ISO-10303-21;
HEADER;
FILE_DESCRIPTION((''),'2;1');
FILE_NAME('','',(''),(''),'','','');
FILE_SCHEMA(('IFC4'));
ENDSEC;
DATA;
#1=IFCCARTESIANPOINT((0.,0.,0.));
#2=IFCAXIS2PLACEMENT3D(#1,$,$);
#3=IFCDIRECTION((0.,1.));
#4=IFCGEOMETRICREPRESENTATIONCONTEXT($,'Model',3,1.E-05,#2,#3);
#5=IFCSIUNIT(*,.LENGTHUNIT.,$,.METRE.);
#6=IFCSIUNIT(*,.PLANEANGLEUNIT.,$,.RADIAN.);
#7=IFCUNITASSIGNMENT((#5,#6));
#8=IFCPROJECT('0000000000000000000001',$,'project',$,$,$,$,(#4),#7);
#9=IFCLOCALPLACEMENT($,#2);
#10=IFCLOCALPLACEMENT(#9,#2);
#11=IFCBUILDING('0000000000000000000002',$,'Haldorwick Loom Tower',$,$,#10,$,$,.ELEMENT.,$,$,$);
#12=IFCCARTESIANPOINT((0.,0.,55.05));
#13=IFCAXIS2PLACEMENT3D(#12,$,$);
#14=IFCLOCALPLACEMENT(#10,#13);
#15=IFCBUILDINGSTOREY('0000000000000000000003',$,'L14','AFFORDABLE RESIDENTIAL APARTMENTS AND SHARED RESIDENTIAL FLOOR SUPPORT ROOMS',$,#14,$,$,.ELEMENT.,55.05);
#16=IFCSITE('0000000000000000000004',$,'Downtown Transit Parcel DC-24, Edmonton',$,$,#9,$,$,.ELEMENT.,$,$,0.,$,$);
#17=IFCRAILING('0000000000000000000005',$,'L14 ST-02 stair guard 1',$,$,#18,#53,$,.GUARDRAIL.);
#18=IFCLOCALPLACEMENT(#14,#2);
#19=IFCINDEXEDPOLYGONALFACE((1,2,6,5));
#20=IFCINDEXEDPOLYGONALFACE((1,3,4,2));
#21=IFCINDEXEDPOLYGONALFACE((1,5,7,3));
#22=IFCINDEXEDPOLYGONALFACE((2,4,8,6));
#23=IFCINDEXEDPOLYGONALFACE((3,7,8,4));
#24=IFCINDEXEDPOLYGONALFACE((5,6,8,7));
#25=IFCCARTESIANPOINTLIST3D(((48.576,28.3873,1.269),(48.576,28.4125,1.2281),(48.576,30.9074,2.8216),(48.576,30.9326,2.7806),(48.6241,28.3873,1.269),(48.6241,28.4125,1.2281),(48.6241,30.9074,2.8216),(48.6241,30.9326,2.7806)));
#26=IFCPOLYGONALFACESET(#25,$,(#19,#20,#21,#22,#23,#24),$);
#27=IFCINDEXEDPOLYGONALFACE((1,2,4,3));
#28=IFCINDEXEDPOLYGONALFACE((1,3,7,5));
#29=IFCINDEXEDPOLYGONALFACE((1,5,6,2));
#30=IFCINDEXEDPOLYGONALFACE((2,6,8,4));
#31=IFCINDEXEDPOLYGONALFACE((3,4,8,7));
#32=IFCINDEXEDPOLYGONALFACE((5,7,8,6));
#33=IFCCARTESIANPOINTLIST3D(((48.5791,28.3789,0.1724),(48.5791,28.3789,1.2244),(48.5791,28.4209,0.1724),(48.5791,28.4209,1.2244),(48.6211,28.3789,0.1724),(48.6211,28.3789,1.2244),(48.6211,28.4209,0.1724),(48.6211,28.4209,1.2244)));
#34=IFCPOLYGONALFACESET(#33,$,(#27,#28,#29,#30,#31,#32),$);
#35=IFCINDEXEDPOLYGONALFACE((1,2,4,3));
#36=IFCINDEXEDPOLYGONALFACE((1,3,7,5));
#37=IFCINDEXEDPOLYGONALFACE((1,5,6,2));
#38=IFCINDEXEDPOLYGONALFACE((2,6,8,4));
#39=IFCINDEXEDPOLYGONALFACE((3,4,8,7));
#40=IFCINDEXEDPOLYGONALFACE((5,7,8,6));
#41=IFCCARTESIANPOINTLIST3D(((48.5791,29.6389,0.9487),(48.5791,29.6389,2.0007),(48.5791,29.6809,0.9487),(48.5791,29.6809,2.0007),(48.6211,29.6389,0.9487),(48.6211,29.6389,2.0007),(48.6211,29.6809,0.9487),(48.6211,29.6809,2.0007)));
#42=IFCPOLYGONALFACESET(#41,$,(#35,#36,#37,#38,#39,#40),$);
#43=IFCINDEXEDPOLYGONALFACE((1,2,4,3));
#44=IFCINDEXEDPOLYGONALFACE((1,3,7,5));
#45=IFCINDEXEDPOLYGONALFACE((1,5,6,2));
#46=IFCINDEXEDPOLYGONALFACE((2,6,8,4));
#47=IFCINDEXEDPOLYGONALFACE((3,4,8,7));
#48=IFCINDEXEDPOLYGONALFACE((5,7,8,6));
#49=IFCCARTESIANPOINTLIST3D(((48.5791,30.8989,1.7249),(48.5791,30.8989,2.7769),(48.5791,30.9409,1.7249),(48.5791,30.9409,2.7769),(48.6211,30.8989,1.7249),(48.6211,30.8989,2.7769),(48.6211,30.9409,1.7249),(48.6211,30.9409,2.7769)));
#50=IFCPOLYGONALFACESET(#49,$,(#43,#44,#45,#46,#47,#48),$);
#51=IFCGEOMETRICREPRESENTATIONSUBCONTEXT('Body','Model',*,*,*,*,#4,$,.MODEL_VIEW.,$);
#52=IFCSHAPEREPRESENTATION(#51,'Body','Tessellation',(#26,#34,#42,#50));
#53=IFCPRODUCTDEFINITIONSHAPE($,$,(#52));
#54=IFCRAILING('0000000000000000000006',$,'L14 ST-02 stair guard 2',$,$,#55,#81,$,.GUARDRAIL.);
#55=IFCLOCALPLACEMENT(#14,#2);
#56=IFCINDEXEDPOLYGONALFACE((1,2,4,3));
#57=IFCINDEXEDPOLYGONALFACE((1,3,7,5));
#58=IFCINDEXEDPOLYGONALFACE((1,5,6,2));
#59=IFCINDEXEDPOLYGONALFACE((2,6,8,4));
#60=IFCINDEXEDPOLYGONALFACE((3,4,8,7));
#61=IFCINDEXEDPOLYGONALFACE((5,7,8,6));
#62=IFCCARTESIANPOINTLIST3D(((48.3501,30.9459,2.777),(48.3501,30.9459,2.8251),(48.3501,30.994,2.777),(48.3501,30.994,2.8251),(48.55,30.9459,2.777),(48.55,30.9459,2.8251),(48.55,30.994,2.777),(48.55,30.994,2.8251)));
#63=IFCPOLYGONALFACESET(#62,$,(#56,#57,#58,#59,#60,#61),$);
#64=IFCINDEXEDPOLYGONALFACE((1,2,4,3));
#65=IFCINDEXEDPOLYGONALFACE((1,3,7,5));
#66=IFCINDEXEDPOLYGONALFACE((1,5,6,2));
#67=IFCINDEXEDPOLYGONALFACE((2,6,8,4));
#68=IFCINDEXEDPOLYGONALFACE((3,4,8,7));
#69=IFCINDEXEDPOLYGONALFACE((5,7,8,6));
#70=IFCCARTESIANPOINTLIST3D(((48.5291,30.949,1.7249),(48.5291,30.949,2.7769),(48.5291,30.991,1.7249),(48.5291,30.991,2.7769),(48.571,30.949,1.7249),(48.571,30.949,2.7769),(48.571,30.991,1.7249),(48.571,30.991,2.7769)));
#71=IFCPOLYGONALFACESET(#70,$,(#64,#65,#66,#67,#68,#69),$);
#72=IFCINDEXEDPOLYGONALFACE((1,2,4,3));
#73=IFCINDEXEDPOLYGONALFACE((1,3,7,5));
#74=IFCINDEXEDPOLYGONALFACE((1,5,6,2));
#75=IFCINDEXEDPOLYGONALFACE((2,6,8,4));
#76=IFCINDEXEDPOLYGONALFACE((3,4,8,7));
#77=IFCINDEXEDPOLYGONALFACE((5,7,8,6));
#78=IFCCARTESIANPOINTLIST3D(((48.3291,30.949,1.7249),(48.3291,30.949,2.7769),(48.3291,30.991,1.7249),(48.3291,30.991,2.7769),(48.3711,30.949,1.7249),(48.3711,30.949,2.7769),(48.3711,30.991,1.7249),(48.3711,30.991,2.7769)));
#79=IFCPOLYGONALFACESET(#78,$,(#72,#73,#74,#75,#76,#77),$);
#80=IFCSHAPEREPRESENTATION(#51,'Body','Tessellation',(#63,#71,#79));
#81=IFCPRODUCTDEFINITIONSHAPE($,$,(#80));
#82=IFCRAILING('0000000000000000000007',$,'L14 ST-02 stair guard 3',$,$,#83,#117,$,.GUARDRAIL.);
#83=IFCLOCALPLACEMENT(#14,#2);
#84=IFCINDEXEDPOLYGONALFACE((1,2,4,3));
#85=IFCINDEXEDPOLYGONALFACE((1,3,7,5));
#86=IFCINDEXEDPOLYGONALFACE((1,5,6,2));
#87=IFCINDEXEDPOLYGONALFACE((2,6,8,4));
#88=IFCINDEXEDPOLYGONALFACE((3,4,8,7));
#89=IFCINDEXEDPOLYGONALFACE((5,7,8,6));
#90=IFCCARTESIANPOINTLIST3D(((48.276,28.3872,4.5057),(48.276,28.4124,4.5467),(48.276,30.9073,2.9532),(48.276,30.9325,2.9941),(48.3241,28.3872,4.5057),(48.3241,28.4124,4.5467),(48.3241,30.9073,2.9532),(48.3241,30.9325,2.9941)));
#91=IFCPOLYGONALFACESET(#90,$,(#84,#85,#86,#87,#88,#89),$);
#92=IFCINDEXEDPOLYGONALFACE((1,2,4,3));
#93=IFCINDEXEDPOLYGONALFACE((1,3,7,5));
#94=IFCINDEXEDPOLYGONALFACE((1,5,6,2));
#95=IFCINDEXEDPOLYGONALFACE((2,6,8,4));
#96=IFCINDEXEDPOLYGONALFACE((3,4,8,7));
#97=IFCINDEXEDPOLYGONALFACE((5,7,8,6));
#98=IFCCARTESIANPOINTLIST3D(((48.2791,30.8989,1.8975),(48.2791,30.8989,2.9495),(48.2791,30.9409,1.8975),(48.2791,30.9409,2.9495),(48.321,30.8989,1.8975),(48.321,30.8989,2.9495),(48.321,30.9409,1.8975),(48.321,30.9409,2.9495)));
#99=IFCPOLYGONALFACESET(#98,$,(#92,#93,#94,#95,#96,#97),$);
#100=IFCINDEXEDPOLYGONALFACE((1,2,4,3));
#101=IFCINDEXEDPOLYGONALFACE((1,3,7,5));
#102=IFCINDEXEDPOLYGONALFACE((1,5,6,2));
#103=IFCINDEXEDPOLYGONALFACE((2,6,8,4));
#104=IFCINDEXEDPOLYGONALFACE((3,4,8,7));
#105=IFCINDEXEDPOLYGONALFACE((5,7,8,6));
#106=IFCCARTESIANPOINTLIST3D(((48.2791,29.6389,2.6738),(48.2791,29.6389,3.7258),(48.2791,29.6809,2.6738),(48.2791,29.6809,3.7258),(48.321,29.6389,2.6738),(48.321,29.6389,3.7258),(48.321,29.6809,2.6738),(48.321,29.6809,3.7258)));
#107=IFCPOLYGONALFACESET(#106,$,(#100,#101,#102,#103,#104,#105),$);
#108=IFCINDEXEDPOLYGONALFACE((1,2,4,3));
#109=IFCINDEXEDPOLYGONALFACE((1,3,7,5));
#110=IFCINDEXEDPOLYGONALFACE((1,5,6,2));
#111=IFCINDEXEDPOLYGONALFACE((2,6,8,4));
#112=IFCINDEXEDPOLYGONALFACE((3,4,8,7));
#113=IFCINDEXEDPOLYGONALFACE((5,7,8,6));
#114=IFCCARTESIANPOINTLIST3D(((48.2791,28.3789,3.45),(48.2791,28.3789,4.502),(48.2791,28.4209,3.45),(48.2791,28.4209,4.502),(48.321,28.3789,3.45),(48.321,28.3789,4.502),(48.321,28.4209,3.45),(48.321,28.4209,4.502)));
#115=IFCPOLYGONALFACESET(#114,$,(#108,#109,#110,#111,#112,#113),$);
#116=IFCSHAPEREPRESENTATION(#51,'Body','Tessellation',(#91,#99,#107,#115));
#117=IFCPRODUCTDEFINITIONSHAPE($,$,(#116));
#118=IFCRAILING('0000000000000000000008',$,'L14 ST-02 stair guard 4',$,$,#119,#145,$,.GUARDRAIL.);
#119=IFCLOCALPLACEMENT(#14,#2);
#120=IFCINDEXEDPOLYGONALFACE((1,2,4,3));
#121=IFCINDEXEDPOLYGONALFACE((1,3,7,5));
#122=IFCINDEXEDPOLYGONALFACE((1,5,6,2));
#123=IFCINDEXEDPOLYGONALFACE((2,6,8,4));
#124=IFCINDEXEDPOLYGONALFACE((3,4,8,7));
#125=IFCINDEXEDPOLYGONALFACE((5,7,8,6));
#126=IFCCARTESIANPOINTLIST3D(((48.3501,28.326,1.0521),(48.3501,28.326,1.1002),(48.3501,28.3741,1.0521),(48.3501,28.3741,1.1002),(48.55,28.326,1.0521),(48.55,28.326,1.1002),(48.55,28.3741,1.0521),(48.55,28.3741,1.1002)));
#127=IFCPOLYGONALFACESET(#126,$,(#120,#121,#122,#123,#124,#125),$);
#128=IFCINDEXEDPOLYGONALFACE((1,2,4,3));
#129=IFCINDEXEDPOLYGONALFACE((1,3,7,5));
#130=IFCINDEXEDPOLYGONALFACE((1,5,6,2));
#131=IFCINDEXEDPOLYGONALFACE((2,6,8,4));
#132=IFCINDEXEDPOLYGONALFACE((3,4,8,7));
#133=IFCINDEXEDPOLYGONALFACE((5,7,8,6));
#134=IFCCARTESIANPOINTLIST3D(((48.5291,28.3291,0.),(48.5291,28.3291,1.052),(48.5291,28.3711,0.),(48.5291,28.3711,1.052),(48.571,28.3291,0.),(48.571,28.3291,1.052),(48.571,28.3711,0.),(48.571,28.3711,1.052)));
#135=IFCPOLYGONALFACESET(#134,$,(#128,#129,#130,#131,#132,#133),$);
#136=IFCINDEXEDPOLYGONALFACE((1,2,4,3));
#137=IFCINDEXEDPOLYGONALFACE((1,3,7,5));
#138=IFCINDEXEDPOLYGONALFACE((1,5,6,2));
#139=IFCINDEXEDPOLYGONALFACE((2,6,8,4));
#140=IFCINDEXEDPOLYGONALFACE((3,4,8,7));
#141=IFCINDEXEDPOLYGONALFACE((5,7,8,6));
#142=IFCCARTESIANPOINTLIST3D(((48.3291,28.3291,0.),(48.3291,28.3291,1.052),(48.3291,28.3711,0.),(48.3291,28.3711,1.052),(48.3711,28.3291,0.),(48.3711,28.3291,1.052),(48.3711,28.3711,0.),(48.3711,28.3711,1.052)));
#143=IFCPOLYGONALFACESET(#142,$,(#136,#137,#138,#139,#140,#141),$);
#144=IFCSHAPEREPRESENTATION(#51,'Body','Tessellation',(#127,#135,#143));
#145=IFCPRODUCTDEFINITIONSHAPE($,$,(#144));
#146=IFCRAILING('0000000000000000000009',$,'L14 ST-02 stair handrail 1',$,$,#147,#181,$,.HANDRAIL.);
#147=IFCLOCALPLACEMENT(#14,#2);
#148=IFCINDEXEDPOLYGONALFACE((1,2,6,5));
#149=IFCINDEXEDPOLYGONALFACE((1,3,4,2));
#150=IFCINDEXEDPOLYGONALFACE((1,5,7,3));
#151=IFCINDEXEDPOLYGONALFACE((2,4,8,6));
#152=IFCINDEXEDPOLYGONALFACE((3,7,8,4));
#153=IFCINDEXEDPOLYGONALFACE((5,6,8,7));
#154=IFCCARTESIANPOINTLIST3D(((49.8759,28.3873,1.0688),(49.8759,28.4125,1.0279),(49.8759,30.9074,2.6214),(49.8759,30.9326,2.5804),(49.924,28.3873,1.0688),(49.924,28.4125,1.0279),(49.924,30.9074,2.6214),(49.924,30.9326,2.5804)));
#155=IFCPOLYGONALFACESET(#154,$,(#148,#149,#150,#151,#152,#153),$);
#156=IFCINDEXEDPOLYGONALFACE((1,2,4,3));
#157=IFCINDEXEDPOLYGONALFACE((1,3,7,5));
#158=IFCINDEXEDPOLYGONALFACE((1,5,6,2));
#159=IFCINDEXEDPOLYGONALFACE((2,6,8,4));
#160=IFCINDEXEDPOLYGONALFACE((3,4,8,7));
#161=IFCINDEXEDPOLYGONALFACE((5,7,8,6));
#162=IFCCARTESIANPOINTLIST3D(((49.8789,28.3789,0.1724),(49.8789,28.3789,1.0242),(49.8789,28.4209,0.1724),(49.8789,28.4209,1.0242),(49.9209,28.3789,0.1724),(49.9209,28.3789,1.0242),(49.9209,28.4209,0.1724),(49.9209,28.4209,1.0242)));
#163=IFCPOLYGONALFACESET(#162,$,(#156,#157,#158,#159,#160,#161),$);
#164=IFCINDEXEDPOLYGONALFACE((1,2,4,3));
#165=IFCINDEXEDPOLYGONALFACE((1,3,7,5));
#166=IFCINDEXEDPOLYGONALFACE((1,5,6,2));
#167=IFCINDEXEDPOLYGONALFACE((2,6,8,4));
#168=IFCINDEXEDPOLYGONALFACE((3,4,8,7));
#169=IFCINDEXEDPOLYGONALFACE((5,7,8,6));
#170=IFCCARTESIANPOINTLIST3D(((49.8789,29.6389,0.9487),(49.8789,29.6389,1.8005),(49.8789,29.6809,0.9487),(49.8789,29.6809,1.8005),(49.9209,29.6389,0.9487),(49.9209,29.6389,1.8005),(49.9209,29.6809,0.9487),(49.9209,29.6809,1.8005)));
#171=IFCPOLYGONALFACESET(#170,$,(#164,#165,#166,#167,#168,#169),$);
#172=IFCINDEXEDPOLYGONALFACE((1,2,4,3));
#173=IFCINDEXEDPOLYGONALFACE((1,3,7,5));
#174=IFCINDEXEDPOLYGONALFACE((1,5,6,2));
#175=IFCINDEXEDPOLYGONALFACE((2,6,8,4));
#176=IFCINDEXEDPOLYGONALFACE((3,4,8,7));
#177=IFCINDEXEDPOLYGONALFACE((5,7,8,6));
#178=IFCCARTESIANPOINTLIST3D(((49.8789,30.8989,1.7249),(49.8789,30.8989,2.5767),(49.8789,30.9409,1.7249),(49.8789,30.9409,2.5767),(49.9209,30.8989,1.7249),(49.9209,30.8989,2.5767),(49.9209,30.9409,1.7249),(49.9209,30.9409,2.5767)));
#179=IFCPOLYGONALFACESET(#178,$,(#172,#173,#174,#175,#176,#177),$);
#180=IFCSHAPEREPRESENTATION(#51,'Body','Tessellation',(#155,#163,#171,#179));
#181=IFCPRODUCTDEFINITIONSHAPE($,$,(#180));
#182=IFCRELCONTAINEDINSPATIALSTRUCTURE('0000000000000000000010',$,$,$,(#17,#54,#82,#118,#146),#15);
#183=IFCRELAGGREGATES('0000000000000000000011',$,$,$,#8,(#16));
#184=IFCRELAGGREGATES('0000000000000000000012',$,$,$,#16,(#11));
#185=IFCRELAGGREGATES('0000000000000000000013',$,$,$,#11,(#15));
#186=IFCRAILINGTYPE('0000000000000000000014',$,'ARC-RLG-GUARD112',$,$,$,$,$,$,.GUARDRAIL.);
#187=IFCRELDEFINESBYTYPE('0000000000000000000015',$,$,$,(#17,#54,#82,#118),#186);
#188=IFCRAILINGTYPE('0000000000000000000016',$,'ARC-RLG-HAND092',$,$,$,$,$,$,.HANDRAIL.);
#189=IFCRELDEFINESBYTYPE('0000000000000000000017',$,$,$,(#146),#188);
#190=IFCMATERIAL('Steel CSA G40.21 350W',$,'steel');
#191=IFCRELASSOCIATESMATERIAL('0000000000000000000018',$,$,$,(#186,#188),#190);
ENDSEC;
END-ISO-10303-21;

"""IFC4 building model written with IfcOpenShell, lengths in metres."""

from ifc_helpers import new_model, si_unit, direction, frame, origin, origin_2d, place, context, subcontext, project, spatial, rectangle, extrude, material, type_object, element, save


model = new_model("IFC4")

# Units and contexts
model_context = context("Model", 3, precision=1e-05, world=origin(), true_north=direction((0.0, 1.0)))
body_context = subcontext(model_context, "Body", "Model", "MODEL_VIEW")
ifc_project = project(units=[si_unit("LENGTHUNIT", "METRE"), si_unit("PLANEANGLEUNIT", "RADIAN")], contexts=[model_context])

# Site, building, storey
site_placement = place(None, origin())
site = spatial("IfcSite", under=ifc_project, at=site_placement, Name="Downtown Transit Parcel DC-24, Edmonton", CompositionType="ELEMENT", RefElevation=0.0)
building_placement = place(site_placement, origin())
building = spatial("IfcBuilding", under=site, at=building_placement, Name="Haldorwick Loom Tower", CompositionType="ELEMENT")
storey_placement = place(building_placement, frame((0.0, 0.0, 55.05)))
storey = spatial("IfcBuildingStorey", under=building, at=storey_placement, Name="L14", Description="AFFORDABLE RESIDENTIAL APARTMENTS AND SHARED RESIDENTIAL FLOOR SUPPORT ROOMS", CompositionType="ELEMENT", Elevation=55.05)

# Shared definitions
ifc_material_1 = material(Name="Steel CSA G40.21 350W", Category="steel")

# Railings
railing_type_1 = type_object("IfcRailingType", Name="ARC-RLG-GUARD112", PredefinedType="GUARDRAIL", material=ifc_material_1)
railing_1_placement = place(storey_placement, frame((48.6001, 28.3999, 0.1724)))
element("IfcRailing", 1, at=railing_1_placement, inside=storey, type_object=railing_type_1, Name="L14 ST-02 stair guard 1", PredefinedType="GUARDRAIL", context=body_context, shape_type="SweptSolid", body=[
    extrude(rectangle(XDim=0.0481, YDim=0.0481, at=origin_2d()), frame((0.0, 0.0, 1.0762), z_axis=(0.0, 0.8514, 0.524516), x_axis=(-1.0, 0.0, 0.0)), (0.0, 0.0, 1.0), 2.96),
    extrude(rectangle(XDim=0.042, YDim=0.042, at=origin_2d()), origin(), (0.0, 0.0, 1.0), 1.052),
    extrude(rectangle(XDim=0.042, YDim=0.042, at=origin_2d()), frame((0.0, 1.26, 0.7764)), (0.0, 0.0, 1.0), 1.052),
    extrude(rectangle(XDim=0.042, YDim=0.042, at=origin_2d()), frame((0.0, 2.52, 1.5525)), (0.0, 0.0, 1.0), 1.052),
])
railing_2_placement = place(storey_placement, frame((48.55, 30.97, 1.7249)))
element("IfcRailing", 2, at=railing_2_placement, inside=storey, type_object=railing_type_1, Name="L14 ST-02 stair guard 2", PredefinedType="GUARDRAIL", context=body_context, shape_type="SweptSolid", body=[
    extrude(rectangle(XDim=0.0481, YDim=0.0481, at=origin_2d()), frame((0.0, 0.0, 1.0762), z_axis=(-1.0, 0.0, 0.0), x_axis=(0.0, -1.0, 0.0)), (0.0, 0.0, 1.0), 0.2),
    extrude(rectangle(XDim=0.042, YDim=0.042, at=origin_2d()), origin(), (0.0, 0.0, 1.0), 1.052),
    extrude(rectangle(XDim=0.042, YDim=0.042, at=origin_2d()), frame((-0.2, 0.0, 0.0)), (0.0, 0.0, 1.0), 1.052),
])
railing_3_placement = place(storey_placement, frame((48.3, 30.9199, 1.8975)))
element("IfcRailing", 3, at=railing_3_placement, inside=storey, type_object=railing_type_1, Name="L14 ST-02 stair guard 3", PredefinedType="GUARDRAIL", context=body_context, shape_type="SweptSolid", body=[
    extrude(rectangle(XDim=0.0481, YDim=0.0481, at=origin_2d()), frame((0.0, 0.0, 1.0762), z_axis=(0.0, -0.8514, 0.524516), x_axis=(1.0, 0.0, 0.0)), (0.0, 0.0, 1.0), 2.96),
    extrude(rectangle(XDim=0.042, YDim=0.042, at=origin_2d()), origin(), (0.0, 0.0, 1.0), 1.052),
    extrude(rectangle(XDim=0.042, YDim=0.042, at=origin_2d()), frame((0.0, -1.26, 0.7764)), (0.0, 0.0, 1.0), 1.052),
    extrude(rectangle(XDim=0.042, YDim=0.042, at=origin_2d()), frame((0.0, -2.52, 1.5525)), (0.0, 0.0, 1.0), 1.052),
])
railing_4_placement = place(storey_placement, frame((48.55, 28.3501, 0.0)))
element("IfcRailing", 4, at=railing_4_placement, inside=storey, type_object=railing_type_1, Name="L14 ST-02 stair guard 4", PredefinedType="GUARDRAIL", context=body_context, shape_type="SweptSolid", body=[
    extrude(rectangle(XDim=0.0481, YDim=0.0481, at=origin_2d()), frame((0.0, 0.0, 1.0762), z_axis=(-1.0, 0.0, 0.0), x_axis=(0.0, -1.0, 0.0)), (0.0, 0.0, 1.0), 0.2),
    extrude(rectangle(XDim=0.042, YDim=0.042, at=origin_2d()), origin(), (0.0, 0.0, 1.0), 1.052),
    extrude(rectangle(XDim=0.042, YDim=0.042, at=origin_2d()), frame((-0.2, 0.0, 0.0)), (0.0, 0.0, 1.0), 1.052),
])
railing_type_2 = type_object("IfcRailingType", Name="ARC-RLG-HAND092", PredefinedType="HANDRAIL", material=ifc_material_1)
railing_5_placement = place(storey_placement, frame((49.8999, 28.3999, 0.1724)))
element("IfcRailing", 5, at=railing_5_placement, inside=storey, type_object=railing_type_2, Name="L14 ST-02 stair handrail 1", PredefinedType="HANDRAIL", context=body_context, shape_type="SweptSolid", body=[
    extrude(rectangle(XDim=0.0481, YDim=0.0481, at=origin_2d()), frame((0.0, 0.0, 0.876), z_axis=(0.0, 0.8514, 0.524516), x_axis=(-1.0, 0.0, 0.0)), (0.0, 0.0, 1.0), 2.96),
    extrude(rectangle(XDim=0.042, YDim=0.042, at=origin_2d()), origin(), (0.0, 0.0, 1.0), 0.8518),
    extrude(rectangle(XDim=0.042, YDim=0.042, at=origin_2d()), frame((0.0, 1.26, 0.7764)), (0.0, 0.0, 1.0), 0.8518),
    extrude(rectangle(XDim=0.042, YDim=0.042, at=origin_2d()), frame((0.0, 2.52, 1.5525)), (0.0, 0.0, 1.0), 0.8518),
])

save(model, "model.ifc")
